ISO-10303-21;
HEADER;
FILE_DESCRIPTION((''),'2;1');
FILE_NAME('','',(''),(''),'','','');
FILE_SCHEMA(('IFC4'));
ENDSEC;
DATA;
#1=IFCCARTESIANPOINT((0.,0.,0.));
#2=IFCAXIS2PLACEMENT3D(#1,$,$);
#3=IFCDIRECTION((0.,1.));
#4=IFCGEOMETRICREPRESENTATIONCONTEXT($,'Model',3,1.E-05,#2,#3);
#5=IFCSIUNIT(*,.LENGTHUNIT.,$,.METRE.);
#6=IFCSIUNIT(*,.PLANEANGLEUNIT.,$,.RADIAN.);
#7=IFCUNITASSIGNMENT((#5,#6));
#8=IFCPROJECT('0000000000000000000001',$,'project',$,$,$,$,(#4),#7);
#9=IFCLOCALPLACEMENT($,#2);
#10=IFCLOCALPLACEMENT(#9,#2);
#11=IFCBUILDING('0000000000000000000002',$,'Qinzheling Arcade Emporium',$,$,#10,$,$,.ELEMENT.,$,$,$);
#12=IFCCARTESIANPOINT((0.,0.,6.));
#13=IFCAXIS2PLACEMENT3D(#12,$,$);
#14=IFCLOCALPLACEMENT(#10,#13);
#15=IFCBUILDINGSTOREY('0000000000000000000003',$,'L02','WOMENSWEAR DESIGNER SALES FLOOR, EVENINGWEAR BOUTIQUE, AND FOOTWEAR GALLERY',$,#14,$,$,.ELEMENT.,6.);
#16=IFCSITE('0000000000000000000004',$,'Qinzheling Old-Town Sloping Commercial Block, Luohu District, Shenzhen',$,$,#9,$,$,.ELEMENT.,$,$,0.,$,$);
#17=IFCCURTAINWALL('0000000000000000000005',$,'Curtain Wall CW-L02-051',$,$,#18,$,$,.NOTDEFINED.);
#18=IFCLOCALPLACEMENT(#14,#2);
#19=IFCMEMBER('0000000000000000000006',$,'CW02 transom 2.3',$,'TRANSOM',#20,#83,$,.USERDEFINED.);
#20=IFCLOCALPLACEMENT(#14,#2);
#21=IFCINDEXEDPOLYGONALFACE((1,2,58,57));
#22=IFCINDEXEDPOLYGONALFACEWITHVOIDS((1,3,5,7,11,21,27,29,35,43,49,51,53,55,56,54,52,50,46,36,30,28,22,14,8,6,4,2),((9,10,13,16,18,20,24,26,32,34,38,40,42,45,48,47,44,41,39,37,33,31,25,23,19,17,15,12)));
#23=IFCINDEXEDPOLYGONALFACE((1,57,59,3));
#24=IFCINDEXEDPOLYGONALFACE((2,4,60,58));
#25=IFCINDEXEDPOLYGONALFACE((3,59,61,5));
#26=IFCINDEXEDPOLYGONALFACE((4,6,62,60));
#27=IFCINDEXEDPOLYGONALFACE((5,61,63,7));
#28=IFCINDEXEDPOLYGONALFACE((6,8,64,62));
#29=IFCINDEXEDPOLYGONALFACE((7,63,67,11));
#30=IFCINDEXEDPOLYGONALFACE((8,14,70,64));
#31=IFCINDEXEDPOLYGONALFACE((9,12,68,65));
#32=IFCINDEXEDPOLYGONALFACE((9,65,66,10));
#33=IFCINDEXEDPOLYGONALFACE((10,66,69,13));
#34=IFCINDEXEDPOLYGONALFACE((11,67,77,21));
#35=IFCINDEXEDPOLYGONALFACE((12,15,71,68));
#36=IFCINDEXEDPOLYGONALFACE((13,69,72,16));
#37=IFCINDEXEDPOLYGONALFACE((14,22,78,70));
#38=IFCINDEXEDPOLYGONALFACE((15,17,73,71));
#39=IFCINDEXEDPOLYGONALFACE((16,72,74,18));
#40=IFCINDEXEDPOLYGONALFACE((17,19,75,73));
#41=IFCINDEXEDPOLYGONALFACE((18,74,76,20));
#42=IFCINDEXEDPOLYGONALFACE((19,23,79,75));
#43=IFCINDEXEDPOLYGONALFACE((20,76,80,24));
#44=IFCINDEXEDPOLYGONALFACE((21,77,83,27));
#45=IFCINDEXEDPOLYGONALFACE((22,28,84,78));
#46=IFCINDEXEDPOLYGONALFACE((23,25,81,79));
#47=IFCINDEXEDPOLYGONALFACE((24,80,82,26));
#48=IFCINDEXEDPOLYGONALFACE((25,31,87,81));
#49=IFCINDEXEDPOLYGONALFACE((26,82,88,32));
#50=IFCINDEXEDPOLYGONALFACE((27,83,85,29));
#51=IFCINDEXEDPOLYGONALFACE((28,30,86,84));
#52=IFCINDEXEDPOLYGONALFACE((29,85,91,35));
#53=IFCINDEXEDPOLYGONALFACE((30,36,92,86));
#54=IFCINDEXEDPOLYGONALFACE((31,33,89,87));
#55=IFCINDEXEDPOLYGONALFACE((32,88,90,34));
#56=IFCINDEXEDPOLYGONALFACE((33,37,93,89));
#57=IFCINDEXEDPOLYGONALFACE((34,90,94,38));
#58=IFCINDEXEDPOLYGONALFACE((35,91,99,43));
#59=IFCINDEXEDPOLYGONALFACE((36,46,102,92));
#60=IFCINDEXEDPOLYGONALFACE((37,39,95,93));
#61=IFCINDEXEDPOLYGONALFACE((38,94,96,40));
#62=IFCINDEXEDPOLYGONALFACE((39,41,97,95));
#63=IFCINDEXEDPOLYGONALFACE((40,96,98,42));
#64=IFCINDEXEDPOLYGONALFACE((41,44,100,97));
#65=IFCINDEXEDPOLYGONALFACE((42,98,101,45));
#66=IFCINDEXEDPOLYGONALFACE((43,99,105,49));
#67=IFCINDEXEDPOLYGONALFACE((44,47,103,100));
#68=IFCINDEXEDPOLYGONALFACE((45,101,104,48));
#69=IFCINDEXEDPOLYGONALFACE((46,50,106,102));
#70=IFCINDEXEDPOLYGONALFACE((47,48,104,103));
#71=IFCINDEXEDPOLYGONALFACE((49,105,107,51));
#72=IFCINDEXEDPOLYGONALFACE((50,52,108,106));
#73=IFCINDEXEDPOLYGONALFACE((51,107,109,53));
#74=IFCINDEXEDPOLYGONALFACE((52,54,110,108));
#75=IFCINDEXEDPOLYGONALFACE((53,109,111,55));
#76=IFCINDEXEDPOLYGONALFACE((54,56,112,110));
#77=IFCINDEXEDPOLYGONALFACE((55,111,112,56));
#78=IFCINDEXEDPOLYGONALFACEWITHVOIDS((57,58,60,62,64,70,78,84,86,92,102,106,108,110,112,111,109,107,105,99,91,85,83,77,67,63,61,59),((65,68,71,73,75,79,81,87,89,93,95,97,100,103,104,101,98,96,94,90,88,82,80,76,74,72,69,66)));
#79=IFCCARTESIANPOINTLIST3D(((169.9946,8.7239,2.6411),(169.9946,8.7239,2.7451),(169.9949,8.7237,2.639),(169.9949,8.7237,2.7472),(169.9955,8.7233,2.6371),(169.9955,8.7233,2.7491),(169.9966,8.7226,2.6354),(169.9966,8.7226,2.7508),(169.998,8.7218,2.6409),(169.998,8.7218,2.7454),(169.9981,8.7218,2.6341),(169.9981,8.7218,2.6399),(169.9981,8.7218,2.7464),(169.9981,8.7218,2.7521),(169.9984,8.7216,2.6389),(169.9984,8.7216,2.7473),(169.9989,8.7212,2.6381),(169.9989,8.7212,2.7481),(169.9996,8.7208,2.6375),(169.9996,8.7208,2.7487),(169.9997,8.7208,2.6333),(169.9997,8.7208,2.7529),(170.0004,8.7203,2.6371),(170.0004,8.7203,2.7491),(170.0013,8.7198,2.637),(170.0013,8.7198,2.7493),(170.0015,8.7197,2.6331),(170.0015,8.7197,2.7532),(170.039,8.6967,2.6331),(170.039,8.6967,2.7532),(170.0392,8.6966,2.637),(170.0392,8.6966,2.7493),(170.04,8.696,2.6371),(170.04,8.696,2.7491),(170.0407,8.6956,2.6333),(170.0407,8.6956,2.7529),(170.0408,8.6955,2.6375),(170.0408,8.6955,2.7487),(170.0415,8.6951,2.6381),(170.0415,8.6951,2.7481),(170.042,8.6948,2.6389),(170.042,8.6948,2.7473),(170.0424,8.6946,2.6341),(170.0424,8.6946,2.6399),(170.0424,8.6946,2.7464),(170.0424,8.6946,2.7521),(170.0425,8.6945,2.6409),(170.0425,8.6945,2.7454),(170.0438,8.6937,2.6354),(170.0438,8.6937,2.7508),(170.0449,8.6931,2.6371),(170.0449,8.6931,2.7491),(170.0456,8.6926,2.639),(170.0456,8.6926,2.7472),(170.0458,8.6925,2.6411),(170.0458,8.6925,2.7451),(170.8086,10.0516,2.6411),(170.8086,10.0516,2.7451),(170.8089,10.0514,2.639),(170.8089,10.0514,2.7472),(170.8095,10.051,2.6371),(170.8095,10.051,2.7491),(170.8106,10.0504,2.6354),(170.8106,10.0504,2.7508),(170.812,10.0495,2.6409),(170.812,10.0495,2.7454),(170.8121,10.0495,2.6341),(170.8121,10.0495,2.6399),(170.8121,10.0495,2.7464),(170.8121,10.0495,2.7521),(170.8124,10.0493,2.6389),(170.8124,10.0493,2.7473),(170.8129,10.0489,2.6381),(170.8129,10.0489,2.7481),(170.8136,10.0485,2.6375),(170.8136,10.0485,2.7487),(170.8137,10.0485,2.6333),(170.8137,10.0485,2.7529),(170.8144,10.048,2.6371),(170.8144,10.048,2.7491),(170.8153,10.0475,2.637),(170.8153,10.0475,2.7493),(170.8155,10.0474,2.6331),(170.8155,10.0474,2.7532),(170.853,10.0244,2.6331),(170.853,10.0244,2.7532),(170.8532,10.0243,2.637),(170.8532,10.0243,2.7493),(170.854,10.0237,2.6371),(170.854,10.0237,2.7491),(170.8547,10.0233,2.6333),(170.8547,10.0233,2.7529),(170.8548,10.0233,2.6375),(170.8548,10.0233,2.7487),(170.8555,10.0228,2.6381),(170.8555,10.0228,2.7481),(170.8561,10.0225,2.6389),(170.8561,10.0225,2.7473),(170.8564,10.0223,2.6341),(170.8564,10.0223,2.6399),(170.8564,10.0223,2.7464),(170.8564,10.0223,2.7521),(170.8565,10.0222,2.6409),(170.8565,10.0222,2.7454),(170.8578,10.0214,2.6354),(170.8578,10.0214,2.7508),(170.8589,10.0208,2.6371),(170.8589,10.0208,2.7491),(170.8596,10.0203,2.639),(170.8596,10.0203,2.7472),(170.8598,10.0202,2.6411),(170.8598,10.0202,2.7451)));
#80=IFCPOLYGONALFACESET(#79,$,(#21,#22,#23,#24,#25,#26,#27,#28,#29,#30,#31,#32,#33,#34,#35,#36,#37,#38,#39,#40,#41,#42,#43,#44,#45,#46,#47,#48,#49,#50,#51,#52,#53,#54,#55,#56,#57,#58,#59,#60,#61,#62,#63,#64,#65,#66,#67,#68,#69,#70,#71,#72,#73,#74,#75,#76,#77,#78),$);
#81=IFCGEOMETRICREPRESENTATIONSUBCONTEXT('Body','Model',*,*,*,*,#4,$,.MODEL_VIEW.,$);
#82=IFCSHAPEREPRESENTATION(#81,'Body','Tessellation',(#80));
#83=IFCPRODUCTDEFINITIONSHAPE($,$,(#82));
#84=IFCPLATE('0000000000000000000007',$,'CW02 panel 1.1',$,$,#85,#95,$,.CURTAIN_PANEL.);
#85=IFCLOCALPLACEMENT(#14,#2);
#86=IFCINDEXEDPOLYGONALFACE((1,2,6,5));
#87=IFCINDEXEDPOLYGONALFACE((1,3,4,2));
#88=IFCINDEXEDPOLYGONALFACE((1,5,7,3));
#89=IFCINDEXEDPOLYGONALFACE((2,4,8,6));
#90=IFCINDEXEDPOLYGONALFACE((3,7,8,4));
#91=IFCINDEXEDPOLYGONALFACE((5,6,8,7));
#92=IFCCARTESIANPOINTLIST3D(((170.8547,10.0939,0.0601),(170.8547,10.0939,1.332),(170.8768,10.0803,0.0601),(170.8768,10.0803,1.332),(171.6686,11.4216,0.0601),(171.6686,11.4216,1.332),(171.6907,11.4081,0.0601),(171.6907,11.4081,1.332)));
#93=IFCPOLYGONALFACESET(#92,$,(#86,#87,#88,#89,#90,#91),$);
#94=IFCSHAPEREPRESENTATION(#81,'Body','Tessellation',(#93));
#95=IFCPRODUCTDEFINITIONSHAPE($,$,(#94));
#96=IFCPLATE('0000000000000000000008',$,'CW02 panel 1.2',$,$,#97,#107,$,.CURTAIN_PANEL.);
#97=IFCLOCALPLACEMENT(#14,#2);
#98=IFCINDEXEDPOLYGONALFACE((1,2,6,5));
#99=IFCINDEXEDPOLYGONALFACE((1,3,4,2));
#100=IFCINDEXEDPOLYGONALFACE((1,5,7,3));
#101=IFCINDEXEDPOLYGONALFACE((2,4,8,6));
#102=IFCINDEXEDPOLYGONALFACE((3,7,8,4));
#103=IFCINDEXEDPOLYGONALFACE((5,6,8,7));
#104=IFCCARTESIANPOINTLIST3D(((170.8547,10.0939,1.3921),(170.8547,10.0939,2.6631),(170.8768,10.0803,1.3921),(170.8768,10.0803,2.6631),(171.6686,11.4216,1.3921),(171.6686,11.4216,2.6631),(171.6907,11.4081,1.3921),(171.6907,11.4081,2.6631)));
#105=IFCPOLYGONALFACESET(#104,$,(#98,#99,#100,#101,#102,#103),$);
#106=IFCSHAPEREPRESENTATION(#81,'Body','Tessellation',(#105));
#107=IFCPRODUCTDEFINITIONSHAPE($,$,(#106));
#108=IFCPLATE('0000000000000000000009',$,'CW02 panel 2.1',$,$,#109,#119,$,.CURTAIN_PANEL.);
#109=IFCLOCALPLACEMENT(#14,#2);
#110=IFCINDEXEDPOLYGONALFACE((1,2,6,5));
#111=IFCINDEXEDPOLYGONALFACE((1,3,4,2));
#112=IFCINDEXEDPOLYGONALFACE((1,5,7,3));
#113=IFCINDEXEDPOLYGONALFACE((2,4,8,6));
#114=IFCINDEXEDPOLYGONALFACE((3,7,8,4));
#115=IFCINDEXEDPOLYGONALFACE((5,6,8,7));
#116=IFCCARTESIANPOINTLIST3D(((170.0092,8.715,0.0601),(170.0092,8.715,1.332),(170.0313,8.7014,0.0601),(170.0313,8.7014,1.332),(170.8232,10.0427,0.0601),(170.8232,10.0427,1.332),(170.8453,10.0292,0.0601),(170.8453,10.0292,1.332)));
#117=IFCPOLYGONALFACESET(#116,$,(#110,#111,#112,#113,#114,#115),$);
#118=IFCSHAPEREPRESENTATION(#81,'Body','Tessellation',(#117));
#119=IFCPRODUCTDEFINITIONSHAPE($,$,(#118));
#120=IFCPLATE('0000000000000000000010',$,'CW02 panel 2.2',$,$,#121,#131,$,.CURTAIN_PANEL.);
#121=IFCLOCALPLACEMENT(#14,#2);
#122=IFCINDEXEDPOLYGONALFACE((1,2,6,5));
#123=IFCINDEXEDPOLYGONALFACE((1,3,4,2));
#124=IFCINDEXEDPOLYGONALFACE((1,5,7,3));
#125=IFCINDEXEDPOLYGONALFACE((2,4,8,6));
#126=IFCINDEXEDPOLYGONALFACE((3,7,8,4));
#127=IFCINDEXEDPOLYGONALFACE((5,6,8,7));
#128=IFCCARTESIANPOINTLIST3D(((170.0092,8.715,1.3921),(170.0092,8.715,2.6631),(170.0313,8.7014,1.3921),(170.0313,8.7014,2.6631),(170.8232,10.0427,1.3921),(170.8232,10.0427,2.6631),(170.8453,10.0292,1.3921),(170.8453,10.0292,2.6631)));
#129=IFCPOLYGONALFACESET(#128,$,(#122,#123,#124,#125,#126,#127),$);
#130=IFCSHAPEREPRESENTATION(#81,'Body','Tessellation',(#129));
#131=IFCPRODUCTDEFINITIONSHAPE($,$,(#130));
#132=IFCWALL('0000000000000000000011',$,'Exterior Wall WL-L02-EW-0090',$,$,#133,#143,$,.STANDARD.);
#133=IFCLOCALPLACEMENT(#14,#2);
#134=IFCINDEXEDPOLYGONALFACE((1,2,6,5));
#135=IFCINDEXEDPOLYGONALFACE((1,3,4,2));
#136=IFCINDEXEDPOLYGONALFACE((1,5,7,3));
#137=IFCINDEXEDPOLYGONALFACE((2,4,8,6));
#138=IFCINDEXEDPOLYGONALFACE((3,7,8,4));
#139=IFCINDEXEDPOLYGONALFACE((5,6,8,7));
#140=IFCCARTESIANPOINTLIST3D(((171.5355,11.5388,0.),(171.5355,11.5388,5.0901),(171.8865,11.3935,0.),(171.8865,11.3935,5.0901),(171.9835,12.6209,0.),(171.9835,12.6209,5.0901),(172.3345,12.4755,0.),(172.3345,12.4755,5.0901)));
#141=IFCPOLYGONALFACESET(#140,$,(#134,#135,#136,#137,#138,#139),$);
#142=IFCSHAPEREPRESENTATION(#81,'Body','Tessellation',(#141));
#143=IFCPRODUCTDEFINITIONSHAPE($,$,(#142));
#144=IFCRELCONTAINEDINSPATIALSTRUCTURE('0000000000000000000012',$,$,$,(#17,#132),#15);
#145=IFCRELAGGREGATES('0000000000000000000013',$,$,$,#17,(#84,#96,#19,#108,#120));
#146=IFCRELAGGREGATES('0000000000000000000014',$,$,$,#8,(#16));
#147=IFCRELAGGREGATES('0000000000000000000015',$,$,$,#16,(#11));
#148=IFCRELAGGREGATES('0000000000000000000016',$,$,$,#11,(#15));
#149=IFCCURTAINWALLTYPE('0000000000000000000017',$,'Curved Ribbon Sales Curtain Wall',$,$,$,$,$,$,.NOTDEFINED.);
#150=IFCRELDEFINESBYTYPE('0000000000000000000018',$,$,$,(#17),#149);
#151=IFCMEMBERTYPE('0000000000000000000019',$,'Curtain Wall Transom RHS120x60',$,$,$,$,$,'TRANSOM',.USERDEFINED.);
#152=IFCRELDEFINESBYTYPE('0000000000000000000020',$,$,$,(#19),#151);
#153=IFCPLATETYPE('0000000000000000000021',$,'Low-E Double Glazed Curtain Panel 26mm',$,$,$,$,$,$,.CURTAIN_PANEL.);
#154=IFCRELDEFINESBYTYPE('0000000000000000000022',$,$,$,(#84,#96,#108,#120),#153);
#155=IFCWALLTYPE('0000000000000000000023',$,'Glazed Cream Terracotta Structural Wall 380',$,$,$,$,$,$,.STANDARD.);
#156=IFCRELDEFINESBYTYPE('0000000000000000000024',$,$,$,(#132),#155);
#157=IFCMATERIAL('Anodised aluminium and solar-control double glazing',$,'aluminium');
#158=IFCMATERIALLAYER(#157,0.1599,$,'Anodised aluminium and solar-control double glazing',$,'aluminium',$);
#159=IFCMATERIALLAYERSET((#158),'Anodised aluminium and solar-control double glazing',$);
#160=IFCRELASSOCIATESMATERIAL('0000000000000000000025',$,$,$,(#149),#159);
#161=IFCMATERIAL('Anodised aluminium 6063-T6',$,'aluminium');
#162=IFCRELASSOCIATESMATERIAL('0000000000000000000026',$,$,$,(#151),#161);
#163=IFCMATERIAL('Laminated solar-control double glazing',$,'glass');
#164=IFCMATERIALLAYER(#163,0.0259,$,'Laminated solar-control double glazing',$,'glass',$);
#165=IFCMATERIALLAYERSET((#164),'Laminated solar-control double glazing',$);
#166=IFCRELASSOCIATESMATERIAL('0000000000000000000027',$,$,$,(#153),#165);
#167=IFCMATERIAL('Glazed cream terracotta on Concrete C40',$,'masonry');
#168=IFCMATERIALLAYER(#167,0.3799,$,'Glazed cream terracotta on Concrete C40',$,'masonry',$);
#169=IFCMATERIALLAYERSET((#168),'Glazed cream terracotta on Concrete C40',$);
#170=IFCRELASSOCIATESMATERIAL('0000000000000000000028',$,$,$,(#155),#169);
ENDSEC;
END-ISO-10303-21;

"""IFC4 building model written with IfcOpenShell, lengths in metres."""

from ifc_helpers import new_model, si_unit, direction, frame, frame_2d, origin, origin_2d, place, context, subcontext, project, spatial, rectangle, hollow_rectangle, extrude, material, layer, layer_set, material_profile, profile_set, type_object, element, aggregate, save


model = new_model("IFC4")

# Units and contexts
model_context = context("Model", 3, precision=1e-05, world=origin(), true_north=direction((0.0, 1.0)))
body_context = subcontext(model_context, "Body", "Model", "MODEL_VIEW")
ifc_project = project(units=[si_unit("LENGTHUNIT", "METRE"), si_unit("PLANEANGLEUNIT", "RADIAN")], contexts=[model_context])

# Site, building, storey
site_placement = place(None, origin())
site = spatial("IfcSite", under=ifc_project, at=site_placement, Name="Qinzheling Old-Town Sloping Commercial Block, Luohu District, Shenzhen", CompositionType="ELEMENT", RefElevation=0.0)
building_placement = place(site_placement, origin())
building = spatial("IfcBuilding", under=site, at=building_placement, Name="Qinzheling Arcade Emporium", CompositionType="ELEMENT")
storey_placement = place(building_placement, frame((0.0, 0.0, 6.0)))
storey = spatial("IfcBuildingStorey", under=building, at=storey_placement, Name="L02", Description="WOMENSWEAR DESIGNER SALES FLOOR, EVENINGWEAR BOUTIQUE, AND FOOTWEAR GALLERY", CompositionType="ELEMENT", Elevation=6.0)

# Curtain wall
ifc_material_1 = material(Name="Anodised aluminium and solar-control double glazing", Category="aluminium")
ifc_layer_1 = layer(ifc_material_1, 0.1599, Name="Anodised aluminium and solar-control double glazing", Category="aluminium")
ifc_layer_set_1 = layer_set([ifc_layer_1], Name="Anodised aluminium and solar-control double glazing")
curtain_wall_type = type_object("IfcCurtainWallType", Name="Curved Ribbon Sales Curtain Wall", PredefinedType="NOTDEFINED", material=ifc_layer_set_1)
curtain_wall_1_placement = place(storey_placement, origin())
curtain_wall_1 = element("IfcCurtainWall", 1, at=curtain_wall_1_placement, inside=storey, type_object=curtain_wall_type, Name="Curtain Wall CW-L02-051", PredefinedType="NOTDEFINED")
ifc_material_2 = material(Name="Anodised aluminium 6063-T6", Category="aluminium")

# Member
ifc_material_profile_1 = material_profile(ifc_material_2, hollow_rectangle(XDim=0.0601, YDim=0.1201, WallThickness=0.0039, InnerFilletRadius=0.0039, OuterFilletRadius=0.0081, at=origin_2d()), Name="RHS 120x60x4", Category="aluminium")
ifc_profile_set_1 = profile_set([ifc_material_profile_1], Name="Anodised aluminium 6063-T6")
member_type_1 = type_object("IfcMemberType", Name="Curtain Wall Transom RHS120x60", ElementType="TRANSOM", PredefinedType="USERDEFINED", material=ifc_profile_set_1)
member_1_placement = place(storey_placement, frame((170.8342, 10.0359, 2.6931), z_axis=(-0.52268, -0.852529, 0.0), x_axis=(0.852529, -0.52268, 0.0)))
member_1 = element("IfcMember", 2, at=member_1_placement, type_object=member_type_1, Name="CW02 transom 2.3", ObjectType="TRANSOM", PredefinedType="USERDEFINED", context=body_context, shape_type="SweptSolid", body=[
    extrude(hollow_rectangle(XDim=0.0601, YDim=0.1201, WallThickness=0.0039, InnerFilletRadius=0.0039, OuterFilletRadius=0.0081, at=origin_2d()), origin(), (0.0, 0.0, 1.0), 1.5574),
])

# Plates
ifc_material_3 = material(Name="Laminated solar-control double glazing", Category="glass")
ifc_layer_2 = layer(ifc_material_3, 0.0259, Name="Laminated solar-control double glazing", Category="glass")
ifc_layer_set_2 = layer_set([ifc_layer_2], Name="Laminated solar-control double glazing")
plate_type = type_object("IfcPlateType", Name="Low-E Double Glazed Curtain Panel 26mm", PredefinedType="CURTAIN_PANEL", material=ifc_layer_set_2)
plate_1_placement = place(storey_placement, frame((171.2727, 10.751, 0.0601), z_axis=(0.0, 0.0, 1.0), x_axis=(-0.52264, -0.852553, 0.0)))
plate_1 = element("IfcPlate", 3, at=plate_1_placement, type_object=plate_type, Name="CW02 panel 1.1", PredefinedType="CURTAIN_PANEL", context=body_context, shape_type="SweptSolid", body=[
    extrude(rectangle(XDim=1.5574, YDim=0.0259, at=origin_2d()), origin(), (0.0, 0.0, 1.0), 1.272),
])
plate_2_placement = place(storey_placement, frame((171.2727, 10.751, 1.3921), z_axis=(0.0, 0.0, 1.0), x_axis=(-0.52264, -0.852553, 0.0)))
plate_2 = element("IfcPlate", 4, at=plate_2_placement, type_object=plate_type, Name="CW02 panel 1.2", PredefinedType="CURTAIN_PANEL", context=body_context, shape_type="SweptSolid", body=[
    extrude(rectangle(XDim=1.5574, YDim=0.0259, at=origin_2d()), origin(), (0.0, 0.0, 1.0), 1.271),
])
plate_3_placement = place(storey_placement, frame((170.4272, 9.3721, 0.0601), z_axis=(0.0, 0.0, 1.0), x_axis=(-0.52264, -0.852553, 0.0)))
plate_3 = element("IfcPlate", 5, at=plate_3_placement, type_object=plate_type, Name="CW02 panel 2.1", PredefinedType="CURTAIN_PANEL", context=body_context, shape_type="SweptSolid", body=[
    extrude(rectangle(XDim=1.5574, YDim=0.0259, at=origin_2d()), origin(), (0.0, 0.0, 1.0), 1.272),
])
plate_4_placement = place(storey_placement, frame((170.4272, 9.3721, 1.3921), z_axis=(0.0, 0.0, 1.0), x_axis=(-0.52264, -0.852553, 0.0)))
plate_4 = element("IfcPlate", 6, at=plate_4_placement, type_object=plate_type, Name="CW02 panel 2.2", PredefinedType="CURTAIN_PANEL", context=body_context, shape_type="SweptSolid", body=[
    extrude(rectangle(XDim=1.5574, YDim=0.0259, at=origin_2d()), origin(), (0.0, 0.0, 1.0), 1.271),
])
aggregate(curtain_wall_1, [plate_1, plate_2, member_1, plate_3, plate_4])

# Wall
ifc_material_4 = material(Name="Glazed cream terracotta on Concrete C40", Category="masonry")
ifc_layer_3 = layer(ifc_material_4, 0.3799, Name="Glazed cream terracotta on Concrete C40", Category="masonry")
ifc_layer_set_3 = layer_set([ifc_layer_3], Name="Glazed cream terracotta on Concrete C40")
wall_type = type_object("IfcWallType", Name="Glazed Cream Terracotta Structural Wall 380", PredefinedType="STANDARD", material=ifc_layer_set_3)
wall_placement = place(storey_placement, frame((172.1589, 12.5481, 0.0), z_axis=(0.0, 0.0, 1.0), x_axis=(-0.382542, -0.923938, 0.0)))
element("IfcWall", 7, at=wall_placement, inside=storey, type_object=wall_type, Name="Exterior Wall WL-L02-EW-0090", PredefinedType="STANDARD", context=body_context, shape_type="SweptSolid", body=[
    extrude(rectangle(XDim=1.1711, YDim=0.3799, at=frame_2d((0.5854, 0.0))), origin(), (0.0, 0.0, 1.0), 5.0901),
])

save(model, "model.ifc")
